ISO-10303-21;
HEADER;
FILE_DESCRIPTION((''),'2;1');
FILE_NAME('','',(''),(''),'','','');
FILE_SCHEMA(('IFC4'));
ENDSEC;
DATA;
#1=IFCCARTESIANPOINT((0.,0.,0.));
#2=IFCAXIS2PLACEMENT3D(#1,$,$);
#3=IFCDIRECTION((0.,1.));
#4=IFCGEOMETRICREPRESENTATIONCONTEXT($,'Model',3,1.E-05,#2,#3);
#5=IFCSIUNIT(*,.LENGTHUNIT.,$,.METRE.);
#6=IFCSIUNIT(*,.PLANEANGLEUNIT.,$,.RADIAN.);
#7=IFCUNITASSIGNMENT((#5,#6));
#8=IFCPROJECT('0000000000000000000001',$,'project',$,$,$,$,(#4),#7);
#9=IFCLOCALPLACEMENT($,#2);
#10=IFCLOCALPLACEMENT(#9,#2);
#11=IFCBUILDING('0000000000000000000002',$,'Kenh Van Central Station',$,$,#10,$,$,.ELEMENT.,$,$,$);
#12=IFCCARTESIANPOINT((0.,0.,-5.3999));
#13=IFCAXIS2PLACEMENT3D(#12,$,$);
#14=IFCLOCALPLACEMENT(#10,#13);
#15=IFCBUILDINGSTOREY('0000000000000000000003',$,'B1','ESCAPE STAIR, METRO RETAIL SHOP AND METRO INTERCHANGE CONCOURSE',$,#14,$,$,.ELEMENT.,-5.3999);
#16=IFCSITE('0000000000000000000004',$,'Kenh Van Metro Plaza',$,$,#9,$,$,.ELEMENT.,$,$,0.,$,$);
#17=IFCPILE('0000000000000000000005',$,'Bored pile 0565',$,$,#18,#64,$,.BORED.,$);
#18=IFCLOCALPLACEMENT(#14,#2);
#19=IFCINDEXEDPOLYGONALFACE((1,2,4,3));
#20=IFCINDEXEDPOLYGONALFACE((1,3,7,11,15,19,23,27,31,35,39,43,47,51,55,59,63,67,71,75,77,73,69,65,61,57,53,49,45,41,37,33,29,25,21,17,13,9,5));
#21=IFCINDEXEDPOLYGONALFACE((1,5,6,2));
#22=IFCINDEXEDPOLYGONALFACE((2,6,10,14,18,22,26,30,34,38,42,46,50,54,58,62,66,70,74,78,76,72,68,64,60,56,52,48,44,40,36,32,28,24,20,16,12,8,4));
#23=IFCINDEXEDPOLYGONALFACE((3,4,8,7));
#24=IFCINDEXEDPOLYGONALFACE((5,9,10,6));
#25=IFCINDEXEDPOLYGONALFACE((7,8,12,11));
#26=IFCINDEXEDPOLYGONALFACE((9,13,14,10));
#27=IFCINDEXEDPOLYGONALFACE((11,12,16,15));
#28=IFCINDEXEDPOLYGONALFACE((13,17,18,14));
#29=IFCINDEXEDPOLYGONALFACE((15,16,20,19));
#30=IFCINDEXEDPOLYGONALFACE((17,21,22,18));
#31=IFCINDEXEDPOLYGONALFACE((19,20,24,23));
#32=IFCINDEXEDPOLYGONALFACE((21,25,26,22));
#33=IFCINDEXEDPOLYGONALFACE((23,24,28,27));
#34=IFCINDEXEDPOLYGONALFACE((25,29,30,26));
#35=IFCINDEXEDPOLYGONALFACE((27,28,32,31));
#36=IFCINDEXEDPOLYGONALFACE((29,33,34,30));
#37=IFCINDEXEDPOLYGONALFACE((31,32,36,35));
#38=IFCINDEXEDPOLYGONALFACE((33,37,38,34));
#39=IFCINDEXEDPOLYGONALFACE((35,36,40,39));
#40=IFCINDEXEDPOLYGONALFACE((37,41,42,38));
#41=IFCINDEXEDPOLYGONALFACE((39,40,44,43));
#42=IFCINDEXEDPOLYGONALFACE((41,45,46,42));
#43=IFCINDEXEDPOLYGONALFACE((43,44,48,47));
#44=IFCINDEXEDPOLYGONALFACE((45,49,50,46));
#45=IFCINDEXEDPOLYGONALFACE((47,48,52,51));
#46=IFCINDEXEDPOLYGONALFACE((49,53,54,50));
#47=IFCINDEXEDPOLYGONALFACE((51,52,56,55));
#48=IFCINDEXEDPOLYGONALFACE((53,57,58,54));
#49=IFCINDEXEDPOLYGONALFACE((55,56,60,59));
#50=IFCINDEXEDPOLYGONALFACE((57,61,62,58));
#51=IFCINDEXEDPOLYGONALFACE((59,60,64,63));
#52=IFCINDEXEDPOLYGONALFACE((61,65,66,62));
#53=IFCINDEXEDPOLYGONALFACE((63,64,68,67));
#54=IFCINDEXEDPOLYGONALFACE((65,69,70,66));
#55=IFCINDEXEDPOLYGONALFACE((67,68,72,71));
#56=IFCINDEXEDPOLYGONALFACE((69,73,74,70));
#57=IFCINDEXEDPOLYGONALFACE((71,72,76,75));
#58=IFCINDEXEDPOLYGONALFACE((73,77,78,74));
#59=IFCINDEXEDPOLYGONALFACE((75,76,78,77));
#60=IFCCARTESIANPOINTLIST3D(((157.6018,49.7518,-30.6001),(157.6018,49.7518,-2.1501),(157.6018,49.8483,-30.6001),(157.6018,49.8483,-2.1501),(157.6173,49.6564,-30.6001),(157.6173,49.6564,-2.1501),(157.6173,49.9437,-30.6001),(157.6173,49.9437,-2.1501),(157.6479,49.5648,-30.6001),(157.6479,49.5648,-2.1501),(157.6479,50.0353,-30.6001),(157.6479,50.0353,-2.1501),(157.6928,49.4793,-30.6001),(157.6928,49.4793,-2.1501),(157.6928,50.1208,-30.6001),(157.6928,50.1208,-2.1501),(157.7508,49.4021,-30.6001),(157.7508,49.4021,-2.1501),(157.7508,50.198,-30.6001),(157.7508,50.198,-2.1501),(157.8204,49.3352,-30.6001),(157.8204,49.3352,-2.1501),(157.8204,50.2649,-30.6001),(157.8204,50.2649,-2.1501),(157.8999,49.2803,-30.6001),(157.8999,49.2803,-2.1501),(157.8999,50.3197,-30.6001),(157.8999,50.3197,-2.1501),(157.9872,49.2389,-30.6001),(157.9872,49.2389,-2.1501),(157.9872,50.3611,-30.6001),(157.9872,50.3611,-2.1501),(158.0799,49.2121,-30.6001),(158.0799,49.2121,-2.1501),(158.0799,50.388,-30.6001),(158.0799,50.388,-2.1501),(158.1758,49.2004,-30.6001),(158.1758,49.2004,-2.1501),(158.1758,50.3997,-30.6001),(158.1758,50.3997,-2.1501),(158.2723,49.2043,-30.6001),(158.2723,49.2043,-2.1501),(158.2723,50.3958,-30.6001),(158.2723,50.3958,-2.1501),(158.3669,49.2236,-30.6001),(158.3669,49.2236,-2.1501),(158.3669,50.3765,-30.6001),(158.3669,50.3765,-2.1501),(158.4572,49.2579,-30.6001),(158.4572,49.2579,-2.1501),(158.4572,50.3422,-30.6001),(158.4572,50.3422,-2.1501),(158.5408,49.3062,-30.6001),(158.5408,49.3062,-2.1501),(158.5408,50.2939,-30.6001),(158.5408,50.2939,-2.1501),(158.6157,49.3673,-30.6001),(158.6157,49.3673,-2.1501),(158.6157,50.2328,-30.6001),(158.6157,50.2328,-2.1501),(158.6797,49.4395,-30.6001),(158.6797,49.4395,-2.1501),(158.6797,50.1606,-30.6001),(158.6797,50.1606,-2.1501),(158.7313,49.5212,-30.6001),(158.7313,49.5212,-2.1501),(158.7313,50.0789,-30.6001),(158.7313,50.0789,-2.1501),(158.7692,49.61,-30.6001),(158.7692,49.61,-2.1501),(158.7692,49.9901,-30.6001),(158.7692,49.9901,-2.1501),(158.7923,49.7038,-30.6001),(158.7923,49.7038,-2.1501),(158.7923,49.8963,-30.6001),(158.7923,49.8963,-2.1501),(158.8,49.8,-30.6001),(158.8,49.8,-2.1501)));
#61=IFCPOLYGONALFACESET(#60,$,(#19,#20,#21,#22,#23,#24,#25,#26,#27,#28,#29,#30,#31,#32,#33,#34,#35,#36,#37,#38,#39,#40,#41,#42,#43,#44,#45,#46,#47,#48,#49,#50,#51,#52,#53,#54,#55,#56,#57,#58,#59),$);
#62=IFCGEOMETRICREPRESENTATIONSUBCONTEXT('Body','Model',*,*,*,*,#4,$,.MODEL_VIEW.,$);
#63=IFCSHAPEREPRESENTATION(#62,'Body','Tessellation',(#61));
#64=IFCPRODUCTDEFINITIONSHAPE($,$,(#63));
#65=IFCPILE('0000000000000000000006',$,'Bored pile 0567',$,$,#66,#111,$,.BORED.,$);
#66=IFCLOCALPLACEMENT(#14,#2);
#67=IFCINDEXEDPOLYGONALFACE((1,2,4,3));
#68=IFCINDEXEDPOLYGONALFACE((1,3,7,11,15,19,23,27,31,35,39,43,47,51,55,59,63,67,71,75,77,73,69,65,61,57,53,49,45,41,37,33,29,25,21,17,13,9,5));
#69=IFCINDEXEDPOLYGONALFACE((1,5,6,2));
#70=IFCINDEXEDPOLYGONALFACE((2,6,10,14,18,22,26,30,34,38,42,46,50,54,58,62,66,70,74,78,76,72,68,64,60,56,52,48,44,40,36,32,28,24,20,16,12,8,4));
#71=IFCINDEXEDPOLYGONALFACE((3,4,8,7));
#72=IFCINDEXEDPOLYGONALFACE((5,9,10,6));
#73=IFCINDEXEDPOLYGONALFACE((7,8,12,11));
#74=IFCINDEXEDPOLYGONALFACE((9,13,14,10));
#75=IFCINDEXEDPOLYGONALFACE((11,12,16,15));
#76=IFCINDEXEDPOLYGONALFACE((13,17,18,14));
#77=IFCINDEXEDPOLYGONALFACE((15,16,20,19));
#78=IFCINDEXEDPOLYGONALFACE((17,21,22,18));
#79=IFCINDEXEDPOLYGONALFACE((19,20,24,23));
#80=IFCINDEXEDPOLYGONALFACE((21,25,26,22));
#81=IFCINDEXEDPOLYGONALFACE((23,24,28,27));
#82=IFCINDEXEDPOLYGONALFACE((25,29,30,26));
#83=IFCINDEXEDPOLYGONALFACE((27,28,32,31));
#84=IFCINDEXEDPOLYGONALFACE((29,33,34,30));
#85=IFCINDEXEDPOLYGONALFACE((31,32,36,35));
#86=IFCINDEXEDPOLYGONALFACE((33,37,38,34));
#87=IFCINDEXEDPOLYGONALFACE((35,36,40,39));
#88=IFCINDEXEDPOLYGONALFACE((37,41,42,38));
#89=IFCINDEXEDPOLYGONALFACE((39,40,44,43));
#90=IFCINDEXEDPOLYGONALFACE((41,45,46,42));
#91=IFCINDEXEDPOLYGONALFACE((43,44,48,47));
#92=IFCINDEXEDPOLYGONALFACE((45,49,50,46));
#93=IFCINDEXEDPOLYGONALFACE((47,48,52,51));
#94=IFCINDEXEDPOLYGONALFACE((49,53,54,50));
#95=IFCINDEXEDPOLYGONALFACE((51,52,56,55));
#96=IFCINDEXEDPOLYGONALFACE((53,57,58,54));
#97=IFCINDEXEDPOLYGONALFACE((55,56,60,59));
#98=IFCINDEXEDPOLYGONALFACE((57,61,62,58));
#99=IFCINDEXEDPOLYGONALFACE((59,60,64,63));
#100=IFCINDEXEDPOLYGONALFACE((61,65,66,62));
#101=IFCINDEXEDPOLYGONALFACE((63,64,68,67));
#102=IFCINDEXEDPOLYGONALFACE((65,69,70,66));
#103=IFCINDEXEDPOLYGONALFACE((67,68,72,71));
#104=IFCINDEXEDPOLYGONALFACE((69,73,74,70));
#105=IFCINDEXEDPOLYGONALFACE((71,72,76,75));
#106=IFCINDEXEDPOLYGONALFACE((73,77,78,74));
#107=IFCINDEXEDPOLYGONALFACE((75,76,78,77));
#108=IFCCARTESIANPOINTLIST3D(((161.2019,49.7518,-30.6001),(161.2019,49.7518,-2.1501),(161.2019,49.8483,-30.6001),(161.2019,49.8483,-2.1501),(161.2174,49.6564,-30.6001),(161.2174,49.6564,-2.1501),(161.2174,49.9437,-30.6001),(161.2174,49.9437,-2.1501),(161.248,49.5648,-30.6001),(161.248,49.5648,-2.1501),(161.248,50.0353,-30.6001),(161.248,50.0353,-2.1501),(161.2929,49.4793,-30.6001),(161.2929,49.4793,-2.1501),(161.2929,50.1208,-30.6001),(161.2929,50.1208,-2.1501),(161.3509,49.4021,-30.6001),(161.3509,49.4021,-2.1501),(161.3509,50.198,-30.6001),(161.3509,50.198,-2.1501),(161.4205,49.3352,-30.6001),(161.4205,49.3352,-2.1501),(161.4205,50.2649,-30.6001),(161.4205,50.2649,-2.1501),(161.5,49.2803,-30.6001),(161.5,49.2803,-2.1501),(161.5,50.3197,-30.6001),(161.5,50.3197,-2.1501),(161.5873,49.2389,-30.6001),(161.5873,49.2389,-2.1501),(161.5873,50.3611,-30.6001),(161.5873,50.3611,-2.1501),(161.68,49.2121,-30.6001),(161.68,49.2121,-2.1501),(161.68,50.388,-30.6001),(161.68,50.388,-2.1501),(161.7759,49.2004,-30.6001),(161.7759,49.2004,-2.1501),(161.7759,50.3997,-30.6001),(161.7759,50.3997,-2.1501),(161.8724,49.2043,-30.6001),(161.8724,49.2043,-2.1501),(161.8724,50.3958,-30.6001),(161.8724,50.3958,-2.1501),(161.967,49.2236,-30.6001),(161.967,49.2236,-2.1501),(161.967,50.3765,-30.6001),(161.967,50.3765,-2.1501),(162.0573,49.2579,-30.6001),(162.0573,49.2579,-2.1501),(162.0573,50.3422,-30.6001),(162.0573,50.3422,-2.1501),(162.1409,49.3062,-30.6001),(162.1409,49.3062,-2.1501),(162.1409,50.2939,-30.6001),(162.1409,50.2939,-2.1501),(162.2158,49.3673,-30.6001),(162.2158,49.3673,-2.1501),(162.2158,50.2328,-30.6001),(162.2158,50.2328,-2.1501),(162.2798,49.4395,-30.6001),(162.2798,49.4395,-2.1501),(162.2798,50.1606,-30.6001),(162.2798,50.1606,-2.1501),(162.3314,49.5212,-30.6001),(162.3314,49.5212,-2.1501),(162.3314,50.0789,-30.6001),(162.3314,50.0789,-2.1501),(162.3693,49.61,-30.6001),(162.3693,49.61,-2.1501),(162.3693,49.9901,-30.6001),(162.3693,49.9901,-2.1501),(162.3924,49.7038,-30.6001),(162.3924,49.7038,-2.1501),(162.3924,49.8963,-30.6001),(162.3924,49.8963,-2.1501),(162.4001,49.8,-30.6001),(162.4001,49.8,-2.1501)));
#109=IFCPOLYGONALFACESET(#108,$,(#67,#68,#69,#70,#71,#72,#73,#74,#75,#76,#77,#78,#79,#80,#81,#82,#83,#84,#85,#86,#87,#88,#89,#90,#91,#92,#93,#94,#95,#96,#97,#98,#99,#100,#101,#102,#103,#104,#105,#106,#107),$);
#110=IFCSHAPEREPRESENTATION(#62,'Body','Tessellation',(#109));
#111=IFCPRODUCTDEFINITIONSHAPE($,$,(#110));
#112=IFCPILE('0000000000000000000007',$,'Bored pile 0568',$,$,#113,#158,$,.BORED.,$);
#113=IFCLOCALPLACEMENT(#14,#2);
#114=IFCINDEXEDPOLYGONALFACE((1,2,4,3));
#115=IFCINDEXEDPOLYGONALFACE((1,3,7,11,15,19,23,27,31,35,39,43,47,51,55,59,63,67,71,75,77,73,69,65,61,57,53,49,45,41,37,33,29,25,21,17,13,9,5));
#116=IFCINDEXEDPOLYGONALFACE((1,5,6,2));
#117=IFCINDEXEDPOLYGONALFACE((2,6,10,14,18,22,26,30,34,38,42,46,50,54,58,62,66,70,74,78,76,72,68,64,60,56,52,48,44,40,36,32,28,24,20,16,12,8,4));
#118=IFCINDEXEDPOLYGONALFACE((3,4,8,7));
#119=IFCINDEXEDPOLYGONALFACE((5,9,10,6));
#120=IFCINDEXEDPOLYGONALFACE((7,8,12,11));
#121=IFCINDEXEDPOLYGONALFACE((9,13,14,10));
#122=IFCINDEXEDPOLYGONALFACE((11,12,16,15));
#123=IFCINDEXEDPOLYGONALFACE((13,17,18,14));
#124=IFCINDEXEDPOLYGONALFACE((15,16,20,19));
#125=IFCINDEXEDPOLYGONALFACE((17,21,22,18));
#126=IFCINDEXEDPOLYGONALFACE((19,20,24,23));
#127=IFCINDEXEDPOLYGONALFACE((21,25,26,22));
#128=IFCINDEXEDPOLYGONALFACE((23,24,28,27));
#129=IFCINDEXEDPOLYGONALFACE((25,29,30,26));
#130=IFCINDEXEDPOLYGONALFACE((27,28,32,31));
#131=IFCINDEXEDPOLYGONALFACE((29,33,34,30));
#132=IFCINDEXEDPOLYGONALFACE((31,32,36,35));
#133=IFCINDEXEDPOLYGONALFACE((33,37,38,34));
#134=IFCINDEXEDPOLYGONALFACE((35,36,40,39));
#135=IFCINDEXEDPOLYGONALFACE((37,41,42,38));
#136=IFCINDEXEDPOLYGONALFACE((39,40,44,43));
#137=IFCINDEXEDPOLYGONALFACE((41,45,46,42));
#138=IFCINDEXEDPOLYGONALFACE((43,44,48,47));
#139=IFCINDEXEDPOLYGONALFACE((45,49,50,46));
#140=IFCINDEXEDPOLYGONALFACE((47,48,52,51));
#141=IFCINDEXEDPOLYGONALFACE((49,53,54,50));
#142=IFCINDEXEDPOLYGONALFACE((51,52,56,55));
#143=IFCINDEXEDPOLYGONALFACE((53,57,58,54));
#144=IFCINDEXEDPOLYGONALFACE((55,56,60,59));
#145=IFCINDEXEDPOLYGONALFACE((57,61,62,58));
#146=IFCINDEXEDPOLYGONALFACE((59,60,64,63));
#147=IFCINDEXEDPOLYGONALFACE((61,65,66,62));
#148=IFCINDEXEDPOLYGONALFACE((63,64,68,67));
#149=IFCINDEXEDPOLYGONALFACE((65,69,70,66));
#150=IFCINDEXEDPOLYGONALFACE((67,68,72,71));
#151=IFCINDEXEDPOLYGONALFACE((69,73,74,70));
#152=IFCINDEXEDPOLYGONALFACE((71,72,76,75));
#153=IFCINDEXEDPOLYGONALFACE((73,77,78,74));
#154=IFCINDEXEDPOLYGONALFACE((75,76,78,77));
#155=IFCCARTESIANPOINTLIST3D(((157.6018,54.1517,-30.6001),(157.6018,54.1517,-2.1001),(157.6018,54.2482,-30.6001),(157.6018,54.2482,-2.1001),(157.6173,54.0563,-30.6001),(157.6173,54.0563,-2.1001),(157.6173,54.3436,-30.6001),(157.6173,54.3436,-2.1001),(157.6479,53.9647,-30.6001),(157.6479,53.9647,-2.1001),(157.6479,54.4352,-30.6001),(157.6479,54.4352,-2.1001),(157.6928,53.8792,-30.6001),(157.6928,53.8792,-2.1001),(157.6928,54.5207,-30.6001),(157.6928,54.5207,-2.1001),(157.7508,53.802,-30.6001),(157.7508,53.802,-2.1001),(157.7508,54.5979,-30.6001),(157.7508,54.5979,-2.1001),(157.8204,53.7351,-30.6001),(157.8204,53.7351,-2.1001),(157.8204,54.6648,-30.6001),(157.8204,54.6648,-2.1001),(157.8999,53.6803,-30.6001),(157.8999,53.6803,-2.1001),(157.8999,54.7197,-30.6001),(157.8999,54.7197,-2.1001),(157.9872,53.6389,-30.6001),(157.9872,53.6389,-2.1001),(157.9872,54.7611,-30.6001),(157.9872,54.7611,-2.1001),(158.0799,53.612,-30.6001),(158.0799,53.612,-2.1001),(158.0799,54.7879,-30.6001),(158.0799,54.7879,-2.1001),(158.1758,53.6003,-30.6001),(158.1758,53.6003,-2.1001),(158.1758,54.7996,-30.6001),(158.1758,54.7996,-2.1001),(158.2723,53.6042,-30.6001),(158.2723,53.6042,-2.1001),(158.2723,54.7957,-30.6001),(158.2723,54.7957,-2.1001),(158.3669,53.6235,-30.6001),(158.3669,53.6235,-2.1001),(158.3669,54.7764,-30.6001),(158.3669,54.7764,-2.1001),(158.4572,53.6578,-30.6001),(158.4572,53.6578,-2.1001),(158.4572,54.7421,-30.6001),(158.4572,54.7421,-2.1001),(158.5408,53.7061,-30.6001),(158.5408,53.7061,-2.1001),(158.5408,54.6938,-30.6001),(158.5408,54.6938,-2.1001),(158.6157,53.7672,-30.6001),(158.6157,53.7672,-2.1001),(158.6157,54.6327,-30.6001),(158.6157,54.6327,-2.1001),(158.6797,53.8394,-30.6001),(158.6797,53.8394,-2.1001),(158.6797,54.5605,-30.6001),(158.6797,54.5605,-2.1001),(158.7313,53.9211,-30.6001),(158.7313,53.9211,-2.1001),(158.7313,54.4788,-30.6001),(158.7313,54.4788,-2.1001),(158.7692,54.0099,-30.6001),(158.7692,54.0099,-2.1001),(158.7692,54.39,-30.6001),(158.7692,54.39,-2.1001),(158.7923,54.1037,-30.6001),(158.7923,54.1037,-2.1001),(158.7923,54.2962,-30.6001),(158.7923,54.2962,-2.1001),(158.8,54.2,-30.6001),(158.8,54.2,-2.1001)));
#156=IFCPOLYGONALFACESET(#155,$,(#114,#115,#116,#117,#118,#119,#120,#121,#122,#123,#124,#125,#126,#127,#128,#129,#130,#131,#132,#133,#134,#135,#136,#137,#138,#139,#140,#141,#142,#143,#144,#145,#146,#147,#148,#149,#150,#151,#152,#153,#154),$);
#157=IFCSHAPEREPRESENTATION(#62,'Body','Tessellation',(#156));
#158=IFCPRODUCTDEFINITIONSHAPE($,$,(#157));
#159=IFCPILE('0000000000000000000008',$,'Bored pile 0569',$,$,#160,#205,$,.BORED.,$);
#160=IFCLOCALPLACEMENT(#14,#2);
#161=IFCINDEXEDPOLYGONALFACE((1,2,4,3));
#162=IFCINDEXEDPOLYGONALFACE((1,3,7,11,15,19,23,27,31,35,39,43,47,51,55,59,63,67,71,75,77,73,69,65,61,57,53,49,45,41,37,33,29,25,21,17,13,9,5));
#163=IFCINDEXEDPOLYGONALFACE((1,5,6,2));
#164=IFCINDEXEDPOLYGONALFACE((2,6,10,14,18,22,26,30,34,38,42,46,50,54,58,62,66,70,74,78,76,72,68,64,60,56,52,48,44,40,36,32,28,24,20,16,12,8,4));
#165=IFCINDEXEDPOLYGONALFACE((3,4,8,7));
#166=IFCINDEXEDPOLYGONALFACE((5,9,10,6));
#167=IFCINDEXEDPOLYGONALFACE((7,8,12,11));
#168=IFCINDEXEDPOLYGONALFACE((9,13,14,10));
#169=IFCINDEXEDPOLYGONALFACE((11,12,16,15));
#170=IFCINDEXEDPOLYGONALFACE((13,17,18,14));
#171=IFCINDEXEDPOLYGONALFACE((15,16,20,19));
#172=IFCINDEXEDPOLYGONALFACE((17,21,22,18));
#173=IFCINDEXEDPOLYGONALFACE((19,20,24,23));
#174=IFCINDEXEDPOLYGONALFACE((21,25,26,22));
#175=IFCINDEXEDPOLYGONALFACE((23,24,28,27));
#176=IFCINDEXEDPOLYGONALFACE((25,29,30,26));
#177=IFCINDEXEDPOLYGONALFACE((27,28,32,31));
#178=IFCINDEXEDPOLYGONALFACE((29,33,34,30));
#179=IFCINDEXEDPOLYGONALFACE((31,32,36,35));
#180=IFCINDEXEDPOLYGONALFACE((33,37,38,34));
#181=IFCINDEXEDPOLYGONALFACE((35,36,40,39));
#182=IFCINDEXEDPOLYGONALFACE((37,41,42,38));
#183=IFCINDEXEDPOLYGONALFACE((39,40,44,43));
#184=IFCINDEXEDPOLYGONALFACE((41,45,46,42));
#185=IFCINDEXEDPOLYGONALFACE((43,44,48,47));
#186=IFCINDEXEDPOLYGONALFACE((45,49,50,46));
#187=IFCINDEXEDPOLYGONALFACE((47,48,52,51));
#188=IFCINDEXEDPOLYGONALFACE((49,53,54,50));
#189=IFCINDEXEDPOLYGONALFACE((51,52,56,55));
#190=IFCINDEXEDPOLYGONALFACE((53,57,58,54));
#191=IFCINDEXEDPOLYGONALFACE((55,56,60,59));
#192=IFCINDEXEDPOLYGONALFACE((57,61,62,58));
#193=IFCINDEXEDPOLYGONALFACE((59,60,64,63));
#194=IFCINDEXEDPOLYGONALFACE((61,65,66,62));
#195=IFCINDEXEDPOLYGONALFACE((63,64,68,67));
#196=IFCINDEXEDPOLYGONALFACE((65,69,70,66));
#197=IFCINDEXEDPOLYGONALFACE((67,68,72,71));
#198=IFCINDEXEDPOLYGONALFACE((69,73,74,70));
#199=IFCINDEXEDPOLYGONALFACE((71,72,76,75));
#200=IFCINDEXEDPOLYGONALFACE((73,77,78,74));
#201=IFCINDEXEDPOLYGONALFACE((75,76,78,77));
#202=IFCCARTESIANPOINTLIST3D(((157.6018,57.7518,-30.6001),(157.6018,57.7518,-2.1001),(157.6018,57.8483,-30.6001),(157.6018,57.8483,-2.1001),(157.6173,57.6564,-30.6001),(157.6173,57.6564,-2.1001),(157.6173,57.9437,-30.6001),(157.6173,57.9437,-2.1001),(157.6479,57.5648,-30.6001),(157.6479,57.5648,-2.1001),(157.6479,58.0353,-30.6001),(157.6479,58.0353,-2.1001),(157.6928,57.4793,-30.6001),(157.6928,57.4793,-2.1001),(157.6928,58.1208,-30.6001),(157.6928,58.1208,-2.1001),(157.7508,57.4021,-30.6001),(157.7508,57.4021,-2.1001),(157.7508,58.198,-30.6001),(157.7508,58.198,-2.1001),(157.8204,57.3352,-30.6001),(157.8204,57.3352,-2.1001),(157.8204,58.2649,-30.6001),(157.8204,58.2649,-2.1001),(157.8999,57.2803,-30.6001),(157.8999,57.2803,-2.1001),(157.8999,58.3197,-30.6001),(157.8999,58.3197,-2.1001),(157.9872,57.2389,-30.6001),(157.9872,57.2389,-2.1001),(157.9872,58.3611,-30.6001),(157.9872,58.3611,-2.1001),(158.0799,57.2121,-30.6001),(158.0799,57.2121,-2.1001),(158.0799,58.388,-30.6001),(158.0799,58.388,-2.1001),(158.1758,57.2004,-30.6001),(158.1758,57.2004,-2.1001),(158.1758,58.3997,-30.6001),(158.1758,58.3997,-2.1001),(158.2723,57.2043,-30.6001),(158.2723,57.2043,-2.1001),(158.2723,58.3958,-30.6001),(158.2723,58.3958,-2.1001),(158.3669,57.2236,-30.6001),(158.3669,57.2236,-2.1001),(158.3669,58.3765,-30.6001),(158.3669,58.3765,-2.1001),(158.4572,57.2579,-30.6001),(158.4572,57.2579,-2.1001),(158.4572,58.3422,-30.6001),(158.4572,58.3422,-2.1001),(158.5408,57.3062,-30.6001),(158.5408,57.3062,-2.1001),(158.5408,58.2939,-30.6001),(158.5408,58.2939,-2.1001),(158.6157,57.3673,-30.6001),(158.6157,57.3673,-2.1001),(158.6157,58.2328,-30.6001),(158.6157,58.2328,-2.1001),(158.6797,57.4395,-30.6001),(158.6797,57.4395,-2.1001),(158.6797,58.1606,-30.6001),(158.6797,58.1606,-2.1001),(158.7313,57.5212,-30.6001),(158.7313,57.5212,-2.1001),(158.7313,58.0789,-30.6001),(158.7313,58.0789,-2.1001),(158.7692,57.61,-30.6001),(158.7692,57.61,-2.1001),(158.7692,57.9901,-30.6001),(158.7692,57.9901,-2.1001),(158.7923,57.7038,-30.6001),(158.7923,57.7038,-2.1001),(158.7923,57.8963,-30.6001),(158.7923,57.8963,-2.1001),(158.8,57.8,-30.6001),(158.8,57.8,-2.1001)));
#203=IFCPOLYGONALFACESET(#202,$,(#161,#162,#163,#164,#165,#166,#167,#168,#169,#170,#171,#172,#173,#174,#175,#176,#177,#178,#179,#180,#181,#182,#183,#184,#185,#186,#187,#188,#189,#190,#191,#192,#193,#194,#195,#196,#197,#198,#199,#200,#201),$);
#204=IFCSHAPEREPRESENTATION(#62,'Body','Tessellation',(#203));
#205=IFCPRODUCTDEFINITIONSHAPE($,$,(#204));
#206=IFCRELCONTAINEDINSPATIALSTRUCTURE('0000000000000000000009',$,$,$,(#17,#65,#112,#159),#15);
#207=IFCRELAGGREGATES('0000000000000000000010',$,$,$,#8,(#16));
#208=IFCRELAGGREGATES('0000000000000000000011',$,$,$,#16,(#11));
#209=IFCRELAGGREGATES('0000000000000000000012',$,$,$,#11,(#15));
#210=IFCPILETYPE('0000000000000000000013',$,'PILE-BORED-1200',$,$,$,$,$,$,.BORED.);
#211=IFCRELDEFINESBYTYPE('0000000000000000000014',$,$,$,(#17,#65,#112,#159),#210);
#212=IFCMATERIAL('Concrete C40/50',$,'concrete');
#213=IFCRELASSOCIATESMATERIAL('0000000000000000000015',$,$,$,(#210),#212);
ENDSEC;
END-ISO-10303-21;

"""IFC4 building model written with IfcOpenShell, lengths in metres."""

from ifc_helpers import new_model, si_unit, direction, frame, origin, origin_2d, place, context, subcontext, project, spatial, circle, extrude, material, material_profile, profile_set, type_object, element, save


model = new_model("IFC4")

# Units and contexts
model_context = context("Model", 3, precision=1e-05, world=origin(), true_north=direction((0.0, 1.0)))
body_context = subcontext(model_context, "Body", "Model", "MODEL_VIEW")
ifc_project = project(units=[si_unit("LENGTHUNIT", "METRE"), si_unit("PLANEANGLEUNIT", "RADIAN")], contexts=[model_context])

# Site, building, storey
site_placement = place(None, origin())
site = spatial("IfcSite", under=ifc_project, at=site_placement, Name="Kenh Van Metro Plaza", CompositionType="ELEMENT", RefElevation=0.0)
building_placement = place(site_placement, origin())
building = spatial("IfcBuilding", under=site, at=building_placement, Name="Kenh Van Central Station", CompositionType="ELEMENT")
storey_placement = place(building_placement, frame((0.0, 0.0, -5.3999)))
storey = spatial("IfcBuildingStorey", under=building, at=storey_placement, Name="B1", Description="ESCAPE STAIR, METRO RETAIL SHOP AND METRO INTERCHANGE CONCOURSE", CompositionType="ELEMENT", Elevation=-5.3999)

# Shared definitions
ifc_material_1 = material(Name="Concrete C40/50", Category="concrete")

# Piles
ifc_material_profile_1 = material_profile(ifc_material_1, circle(Radius=0.6001, at=origin_2d()), Name="PILE D1200")
ifc_profile_set_1 = profile_set([ifc_material_profile_1], Name="Concrete C40/50")
pile_type = type_object("IfcPileType", Name="PILE-BORED-1200", PredefinedType="BORED", material=ifc_profile_set_1)
for number, where, z_axis, x_axis, name in (
    (1, (158.2, 49.8, -2.1501), (0.0, 0.0, -1.0), (1.0, 0.0, 0.0), "Bored pile 0565"),
    (2, (161.8, 49.8, -2.1501), (0.0, 0.0, -1.0), (1.0, 0.0, 0.0), "Bored pile 0567"),
):
    element("IfcPile", number, at=place(storey_placement, frame(where, z_axis=z_axis, x_axis=x_axis)), inside=storey, type_object=pile_type, Name=name, PredefinedType="BORED", context=body_context, shape_type="SweptSolid", body=[
        extrude(circle(Radius=0.6001, at=origin_2d()), origin(), (0.0, 0.0, 1.0), 28.45),
    ])
for number, where, z_axis, x_axis, name in (
    (3, (158.2, 54.2, -2.1001), (0.0, 0.0, -1.0), (1.0, 0.0, 0.0), "Bored pile 0568"),
    (4, (158.2, 57.8, -2.1001), (0.0, 0.0, -1.0), (1.0, 0.0, 0.0), "Bored pile 0569"),
):
    element("IfcPile", number, at=place(storey_placement, frame(where, z_axis=z_axis, x_axis=x_axis)), inside=storey, type_object=pile_type, Name=name, PredefinedType="BORED", context=body_context, shape_type="SweptSolid", body=[
        extrude(circle(Radius=0.6001, at=origin_2d()), origin(), (0.0, 0.0, 1.0), 28.5),
    ])

save(model, "model.ifc")
